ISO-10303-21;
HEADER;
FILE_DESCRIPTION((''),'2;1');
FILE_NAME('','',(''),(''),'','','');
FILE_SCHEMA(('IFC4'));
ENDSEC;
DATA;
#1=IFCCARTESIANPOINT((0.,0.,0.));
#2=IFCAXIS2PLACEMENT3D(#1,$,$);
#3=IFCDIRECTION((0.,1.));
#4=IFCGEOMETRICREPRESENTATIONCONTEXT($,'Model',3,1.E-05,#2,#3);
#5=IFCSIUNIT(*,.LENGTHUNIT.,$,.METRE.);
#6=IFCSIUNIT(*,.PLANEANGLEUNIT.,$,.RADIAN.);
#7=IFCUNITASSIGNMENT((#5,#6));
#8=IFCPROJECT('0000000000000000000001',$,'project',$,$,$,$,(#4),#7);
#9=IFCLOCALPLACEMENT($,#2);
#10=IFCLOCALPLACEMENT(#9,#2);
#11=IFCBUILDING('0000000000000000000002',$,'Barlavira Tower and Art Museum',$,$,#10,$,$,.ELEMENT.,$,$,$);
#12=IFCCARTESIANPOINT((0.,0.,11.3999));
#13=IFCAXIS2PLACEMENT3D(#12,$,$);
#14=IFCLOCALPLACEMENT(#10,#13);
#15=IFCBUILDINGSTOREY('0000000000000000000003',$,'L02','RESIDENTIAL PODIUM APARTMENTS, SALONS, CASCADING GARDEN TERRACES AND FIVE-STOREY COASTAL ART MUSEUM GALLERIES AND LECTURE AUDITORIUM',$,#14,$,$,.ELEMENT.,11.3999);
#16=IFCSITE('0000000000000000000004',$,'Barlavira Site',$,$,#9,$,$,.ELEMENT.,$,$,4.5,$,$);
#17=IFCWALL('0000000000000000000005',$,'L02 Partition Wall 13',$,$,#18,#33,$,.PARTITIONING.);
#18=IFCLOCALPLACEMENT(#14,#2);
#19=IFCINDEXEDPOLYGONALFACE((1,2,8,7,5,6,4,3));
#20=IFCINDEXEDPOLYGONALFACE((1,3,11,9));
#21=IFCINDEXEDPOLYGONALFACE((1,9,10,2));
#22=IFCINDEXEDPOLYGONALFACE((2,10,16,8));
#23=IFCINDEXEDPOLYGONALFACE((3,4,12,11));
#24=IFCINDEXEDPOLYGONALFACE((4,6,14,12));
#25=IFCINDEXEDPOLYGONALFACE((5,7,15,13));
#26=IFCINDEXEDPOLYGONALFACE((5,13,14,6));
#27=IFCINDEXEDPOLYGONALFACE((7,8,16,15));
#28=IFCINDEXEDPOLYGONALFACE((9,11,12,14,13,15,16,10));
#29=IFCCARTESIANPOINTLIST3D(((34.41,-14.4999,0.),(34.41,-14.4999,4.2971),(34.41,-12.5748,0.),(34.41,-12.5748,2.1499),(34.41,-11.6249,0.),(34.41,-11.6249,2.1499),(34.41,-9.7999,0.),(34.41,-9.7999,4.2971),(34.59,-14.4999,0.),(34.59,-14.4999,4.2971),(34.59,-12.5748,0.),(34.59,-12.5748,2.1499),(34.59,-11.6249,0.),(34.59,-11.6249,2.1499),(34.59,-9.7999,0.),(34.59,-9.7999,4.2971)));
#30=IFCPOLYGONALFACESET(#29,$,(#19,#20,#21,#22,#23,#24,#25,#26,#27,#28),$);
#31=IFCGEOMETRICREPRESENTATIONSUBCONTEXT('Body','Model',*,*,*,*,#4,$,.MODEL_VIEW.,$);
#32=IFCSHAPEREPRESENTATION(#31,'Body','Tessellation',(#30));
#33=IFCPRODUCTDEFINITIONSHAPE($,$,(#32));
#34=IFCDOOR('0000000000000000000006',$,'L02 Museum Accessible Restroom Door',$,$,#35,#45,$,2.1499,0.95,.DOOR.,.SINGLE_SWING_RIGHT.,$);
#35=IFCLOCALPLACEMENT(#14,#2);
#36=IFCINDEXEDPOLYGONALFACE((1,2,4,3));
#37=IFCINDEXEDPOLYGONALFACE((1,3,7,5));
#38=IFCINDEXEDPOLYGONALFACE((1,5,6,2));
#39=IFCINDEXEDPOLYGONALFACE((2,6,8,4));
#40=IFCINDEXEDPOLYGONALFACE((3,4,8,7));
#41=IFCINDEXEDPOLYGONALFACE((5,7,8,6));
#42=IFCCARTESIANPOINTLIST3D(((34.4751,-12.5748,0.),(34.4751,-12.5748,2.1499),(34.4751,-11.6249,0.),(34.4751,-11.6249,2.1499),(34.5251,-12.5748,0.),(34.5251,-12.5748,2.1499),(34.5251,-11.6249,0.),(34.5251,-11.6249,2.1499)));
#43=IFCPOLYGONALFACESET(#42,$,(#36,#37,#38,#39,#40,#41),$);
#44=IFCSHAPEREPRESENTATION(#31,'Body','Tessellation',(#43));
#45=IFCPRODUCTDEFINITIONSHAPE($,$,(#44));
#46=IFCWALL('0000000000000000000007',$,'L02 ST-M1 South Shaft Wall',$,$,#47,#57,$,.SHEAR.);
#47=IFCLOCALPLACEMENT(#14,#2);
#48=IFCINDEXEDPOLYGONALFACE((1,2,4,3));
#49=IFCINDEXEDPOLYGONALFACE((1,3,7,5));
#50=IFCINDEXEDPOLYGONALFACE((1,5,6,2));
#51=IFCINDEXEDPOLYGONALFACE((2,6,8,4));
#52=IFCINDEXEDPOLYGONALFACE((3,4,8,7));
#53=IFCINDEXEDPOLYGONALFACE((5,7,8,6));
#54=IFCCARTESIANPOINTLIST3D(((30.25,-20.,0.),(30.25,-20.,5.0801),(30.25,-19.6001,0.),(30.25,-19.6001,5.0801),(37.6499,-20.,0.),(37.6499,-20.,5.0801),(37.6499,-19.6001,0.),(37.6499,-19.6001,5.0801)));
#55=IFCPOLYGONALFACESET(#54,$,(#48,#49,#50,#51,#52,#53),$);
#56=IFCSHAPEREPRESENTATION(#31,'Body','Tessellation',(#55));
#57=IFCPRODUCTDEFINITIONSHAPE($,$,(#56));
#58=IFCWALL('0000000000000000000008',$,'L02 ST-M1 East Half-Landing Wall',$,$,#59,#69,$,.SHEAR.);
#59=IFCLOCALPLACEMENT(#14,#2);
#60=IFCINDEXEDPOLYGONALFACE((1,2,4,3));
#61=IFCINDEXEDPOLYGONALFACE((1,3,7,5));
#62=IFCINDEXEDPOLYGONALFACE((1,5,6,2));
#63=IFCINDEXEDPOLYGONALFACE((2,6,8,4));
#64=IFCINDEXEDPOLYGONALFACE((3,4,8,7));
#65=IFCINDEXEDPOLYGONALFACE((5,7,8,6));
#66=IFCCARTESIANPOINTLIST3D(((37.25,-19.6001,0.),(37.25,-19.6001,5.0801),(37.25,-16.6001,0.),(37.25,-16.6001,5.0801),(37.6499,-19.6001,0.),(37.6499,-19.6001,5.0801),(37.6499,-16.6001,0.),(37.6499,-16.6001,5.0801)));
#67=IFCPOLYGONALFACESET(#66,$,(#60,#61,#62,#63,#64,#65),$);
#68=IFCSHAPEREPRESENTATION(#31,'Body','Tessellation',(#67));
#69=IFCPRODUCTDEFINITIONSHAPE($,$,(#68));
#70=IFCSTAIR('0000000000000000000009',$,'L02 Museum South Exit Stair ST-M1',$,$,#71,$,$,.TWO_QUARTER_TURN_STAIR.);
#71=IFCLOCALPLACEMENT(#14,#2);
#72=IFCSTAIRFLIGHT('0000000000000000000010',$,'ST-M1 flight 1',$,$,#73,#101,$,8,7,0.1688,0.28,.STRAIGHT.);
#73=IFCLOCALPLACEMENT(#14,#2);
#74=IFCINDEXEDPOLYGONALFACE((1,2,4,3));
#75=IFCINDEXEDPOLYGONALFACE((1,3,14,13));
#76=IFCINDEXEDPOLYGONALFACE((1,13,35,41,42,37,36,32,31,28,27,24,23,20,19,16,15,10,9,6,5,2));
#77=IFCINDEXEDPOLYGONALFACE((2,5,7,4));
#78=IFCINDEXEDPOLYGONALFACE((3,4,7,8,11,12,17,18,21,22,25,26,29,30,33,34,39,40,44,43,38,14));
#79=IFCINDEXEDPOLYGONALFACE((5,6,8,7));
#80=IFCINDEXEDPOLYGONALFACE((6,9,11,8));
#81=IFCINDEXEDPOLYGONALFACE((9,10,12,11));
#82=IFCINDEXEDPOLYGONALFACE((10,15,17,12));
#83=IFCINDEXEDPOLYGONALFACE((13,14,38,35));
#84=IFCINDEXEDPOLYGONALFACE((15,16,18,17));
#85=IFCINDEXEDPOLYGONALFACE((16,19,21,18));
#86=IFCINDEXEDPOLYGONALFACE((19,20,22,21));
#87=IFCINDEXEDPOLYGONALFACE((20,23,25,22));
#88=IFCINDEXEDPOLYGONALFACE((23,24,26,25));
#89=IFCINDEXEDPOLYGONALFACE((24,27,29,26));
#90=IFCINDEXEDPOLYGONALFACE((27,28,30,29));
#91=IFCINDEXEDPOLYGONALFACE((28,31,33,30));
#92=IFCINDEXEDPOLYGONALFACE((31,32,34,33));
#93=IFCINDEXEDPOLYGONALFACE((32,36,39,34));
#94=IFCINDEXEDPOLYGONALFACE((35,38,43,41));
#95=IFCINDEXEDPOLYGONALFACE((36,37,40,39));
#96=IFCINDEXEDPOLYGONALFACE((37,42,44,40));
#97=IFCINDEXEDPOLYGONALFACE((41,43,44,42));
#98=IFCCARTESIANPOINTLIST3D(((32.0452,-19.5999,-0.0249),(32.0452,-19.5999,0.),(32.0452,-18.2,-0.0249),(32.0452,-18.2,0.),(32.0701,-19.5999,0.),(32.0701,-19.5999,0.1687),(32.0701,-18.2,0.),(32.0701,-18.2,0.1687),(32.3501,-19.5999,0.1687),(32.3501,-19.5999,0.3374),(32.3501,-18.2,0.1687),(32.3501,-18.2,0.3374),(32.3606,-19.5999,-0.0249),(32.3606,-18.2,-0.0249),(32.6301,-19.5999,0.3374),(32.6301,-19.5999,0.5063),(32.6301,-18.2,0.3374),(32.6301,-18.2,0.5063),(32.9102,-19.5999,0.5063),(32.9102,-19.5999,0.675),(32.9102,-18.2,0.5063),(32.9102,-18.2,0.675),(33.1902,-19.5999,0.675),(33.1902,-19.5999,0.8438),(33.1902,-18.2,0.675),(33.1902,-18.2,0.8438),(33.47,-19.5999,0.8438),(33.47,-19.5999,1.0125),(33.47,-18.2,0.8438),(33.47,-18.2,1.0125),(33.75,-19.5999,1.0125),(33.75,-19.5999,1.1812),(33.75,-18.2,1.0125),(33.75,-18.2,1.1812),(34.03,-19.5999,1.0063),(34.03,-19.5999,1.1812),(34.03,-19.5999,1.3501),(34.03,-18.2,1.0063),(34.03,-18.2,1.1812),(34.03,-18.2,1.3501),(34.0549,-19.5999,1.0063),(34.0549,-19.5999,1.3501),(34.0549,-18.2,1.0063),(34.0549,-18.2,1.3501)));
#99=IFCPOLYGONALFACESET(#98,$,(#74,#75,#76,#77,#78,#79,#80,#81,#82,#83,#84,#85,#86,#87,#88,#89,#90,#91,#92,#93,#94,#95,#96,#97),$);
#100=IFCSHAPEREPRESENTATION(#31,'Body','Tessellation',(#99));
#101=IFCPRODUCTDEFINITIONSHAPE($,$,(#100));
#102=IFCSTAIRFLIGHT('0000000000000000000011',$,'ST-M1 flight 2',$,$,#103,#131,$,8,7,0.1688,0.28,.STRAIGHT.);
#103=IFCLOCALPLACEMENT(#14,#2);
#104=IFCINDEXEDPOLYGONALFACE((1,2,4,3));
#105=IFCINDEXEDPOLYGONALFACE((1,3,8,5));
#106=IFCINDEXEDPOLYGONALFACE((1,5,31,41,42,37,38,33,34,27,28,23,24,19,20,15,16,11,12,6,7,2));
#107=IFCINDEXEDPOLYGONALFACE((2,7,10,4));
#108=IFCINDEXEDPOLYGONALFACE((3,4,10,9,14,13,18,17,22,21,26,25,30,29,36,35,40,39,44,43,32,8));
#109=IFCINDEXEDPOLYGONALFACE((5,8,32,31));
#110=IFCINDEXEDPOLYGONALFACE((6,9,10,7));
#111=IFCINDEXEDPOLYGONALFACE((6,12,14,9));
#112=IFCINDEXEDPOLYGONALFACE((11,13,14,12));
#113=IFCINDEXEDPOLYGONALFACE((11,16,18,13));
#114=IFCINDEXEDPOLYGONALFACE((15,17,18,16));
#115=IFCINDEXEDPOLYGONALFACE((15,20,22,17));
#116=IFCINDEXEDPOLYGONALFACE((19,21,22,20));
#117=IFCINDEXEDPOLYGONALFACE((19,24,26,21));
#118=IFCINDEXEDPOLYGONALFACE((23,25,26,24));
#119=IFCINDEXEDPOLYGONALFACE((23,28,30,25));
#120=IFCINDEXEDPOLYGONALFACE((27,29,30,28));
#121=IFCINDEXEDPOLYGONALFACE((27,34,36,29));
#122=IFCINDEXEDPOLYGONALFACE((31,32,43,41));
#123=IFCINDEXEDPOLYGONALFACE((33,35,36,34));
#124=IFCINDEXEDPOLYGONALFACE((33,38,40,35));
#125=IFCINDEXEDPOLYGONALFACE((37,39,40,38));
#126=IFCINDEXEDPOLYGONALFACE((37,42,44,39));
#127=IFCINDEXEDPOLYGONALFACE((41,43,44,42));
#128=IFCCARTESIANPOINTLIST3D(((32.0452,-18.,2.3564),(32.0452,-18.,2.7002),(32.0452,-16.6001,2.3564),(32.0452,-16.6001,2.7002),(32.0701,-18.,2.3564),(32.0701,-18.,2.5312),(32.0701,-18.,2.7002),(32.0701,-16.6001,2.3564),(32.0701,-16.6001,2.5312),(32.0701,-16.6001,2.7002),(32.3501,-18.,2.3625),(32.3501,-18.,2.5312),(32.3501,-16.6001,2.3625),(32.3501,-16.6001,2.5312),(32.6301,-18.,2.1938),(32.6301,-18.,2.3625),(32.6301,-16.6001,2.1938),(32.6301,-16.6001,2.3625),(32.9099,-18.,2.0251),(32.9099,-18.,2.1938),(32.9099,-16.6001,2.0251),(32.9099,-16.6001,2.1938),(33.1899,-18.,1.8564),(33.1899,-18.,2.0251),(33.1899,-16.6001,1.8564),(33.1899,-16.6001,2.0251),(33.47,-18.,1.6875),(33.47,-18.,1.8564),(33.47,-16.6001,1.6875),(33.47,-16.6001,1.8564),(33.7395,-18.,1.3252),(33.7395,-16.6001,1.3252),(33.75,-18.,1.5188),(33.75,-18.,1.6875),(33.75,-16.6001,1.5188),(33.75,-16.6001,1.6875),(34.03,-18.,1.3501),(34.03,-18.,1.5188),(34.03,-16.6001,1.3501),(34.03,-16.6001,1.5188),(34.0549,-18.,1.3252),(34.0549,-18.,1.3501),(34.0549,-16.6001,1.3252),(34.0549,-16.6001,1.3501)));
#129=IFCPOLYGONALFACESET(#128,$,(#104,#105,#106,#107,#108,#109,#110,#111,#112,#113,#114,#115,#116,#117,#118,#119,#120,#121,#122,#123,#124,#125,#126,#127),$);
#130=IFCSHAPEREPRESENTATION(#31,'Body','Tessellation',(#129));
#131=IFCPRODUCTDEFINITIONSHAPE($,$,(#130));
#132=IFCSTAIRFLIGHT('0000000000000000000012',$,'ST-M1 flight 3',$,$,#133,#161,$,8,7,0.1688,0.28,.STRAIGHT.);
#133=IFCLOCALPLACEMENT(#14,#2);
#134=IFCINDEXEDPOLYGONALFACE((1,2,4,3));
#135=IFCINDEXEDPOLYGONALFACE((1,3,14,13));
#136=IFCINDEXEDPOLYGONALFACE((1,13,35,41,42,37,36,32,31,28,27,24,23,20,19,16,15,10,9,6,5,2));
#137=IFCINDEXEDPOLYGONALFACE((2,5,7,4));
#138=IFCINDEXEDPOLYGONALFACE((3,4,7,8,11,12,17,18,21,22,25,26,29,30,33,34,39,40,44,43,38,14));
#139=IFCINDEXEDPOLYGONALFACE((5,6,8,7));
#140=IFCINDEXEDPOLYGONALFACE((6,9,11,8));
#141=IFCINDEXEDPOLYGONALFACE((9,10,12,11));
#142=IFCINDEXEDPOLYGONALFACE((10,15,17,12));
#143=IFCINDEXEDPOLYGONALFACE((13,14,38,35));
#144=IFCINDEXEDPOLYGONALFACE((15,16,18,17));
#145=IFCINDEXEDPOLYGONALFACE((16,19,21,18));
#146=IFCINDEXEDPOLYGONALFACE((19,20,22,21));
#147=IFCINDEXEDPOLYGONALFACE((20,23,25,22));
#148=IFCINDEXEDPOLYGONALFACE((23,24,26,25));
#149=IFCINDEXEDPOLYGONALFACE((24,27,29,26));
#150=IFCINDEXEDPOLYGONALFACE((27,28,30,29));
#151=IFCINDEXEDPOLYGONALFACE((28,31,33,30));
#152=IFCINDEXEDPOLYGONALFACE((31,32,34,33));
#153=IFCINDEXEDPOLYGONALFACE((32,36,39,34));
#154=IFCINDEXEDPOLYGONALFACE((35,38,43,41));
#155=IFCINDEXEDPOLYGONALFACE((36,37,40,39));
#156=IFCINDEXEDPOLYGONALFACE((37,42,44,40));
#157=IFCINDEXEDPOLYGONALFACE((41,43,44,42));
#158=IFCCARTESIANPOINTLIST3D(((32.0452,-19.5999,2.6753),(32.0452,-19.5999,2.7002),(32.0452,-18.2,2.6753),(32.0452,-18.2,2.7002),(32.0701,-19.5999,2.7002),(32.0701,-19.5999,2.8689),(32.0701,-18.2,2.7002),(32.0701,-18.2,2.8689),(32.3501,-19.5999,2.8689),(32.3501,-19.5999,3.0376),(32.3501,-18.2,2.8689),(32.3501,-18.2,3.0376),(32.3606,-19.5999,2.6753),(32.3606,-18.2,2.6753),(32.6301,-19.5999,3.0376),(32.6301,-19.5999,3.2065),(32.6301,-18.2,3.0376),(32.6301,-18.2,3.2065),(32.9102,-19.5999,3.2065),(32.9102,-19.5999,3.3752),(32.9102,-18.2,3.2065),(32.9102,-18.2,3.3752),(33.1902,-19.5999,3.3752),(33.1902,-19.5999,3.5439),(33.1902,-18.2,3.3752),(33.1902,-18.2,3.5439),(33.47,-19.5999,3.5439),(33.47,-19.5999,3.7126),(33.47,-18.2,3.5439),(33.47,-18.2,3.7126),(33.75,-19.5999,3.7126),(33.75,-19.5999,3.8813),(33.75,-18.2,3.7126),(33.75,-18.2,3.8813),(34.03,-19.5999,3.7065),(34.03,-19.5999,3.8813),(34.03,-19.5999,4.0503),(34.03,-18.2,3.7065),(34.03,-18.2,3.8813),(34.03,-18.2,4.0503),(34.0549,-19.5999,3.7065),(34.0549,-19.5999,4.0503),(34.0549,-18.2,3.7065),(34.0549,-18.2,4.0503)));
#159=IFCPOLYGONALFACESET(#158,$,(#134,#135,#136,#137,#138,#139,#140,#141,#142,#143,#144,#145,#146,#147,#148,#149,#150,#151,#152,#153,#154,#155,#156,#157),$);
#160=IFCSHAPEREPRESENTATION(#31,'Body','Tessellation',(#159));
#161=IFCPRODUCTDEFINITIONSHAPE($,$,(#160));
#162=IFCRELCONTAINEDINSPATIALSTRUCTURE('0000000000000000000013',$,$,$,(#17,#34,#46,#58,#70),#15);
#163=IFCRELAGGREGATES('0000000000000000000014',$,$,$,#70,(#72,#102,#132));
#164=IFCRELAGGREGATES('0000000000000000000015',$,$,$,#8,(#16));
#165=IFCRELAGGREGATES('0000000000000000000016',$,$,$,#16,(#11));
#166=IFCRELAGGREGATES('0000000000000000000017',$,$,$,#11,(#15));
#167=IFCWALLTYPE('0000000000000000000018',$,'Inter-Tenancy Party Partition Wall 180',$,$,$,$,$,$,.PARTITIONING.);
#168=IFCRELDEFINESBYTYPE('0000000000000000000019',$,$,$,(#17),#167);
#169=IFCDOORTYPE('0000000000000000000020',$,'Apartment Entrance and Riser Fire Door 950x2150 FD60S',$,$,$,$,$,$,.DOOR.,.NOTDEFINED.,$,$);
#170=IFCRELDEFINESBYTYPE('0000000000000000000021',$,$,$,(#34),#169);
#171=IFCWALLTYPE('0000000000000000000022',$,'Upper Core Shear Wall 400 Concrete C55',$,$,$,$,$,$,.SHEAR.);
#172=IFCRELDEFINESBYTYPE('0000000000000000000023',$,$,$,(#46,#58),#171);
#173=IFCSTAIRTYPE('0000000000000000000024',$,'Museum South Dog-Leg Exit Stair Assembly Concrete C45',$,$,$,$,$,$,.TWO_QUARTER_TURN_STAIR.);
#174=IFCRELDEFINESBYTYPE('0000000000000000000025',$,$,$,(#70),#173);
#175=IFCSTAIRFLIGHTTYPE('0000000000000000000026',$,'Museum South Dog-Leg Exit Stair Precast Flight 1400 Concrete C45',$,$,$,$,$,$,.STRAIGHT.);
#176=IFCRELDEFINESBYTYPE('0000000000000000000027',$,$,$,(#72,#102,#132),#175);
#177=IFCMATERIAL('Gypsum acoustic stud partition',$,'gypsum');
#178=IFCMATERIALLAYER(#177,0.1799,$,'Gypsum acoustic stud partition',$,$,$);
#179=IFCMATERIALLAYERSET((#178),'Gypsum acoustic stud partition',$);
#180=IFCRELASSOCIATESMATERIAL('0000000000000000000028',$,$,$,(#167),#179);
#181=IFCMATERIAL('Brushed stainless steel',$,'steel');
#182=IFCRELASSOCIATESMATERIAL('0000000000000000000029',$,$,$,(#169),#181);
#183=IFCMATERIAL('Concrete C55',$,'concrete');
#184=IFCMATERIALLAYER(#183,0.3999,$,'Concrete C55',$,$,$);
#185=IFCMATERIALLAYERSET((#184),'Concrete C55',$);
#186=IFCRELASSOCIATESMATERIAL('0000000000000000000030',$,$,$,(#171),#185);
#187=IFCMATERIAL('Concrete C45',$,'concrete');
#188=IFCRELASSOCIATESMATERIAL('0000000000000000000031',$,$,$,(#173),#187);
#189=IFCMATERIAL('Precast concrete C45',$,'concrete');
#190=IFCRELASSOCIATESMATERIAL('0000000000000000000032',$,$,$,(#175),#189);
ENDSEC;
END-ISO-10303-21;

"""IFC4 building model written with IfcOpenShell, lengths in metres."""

from ifc_helpers import new_model, si_unit, direction, frame, frame_2d, origin, place, context, subcontext, project, spatial, polyline, rectangle, outline, extrude, material, layer, layer_set, type_object, element, fill, aggregate, save


model = new_model("IFC4")

# Units and contexts
model_context = context("Model", 3, precision=1e-05, world=origin(), true_north=direction((0.0, 1.0)))
body_context = subcontext(model_context, "Body", "Model", "MODEL_VIEW")
ifc_project = project(units=[si_unit("LENGTHUNIT", "METRE"), si_unit("PLANEANGLEUNIT", "RADIAN")], contexts=[model_context])

# Site, building, storey
site_placement = place(None, origin())
site = spatial("IfcSite", under=ifc_project, at=site_placement, Name="Barlavira Site", CompositionType="ELEMENT", RefElevation=4.5)
building_placement = place(site_placement, origin())
building = spatial("IfcBuilding", under=site, at=building_placement, Name="Barlavira Tower and Art Museum", CompositionType="ELEMENT")
storey_placement = place(building_placement, frame((0.0, 0.0, 11.3999)))
storey = spatial("IfcBuildingStorey", under=building, at=storey_placement, Name="L02", Description="RESIDENTIAL PODIUM APARTMENTS, SALONS, CASCADING GARDEN TERRACES AND FIVE-STOREY COASTAL ART MUSEUM GALLERIES AND LECTURE AUDITORIUM", CompositionType="ELEMENT", Elevation=11.3999)

# Wall, opening, door
ifc_material_1 = material(Name="Brushed stainless steel", Category="steel")
ifc_material_2 = material(Name="Gypsum acoustic stud partition", Category="gypsum")
ifc_layer_1 = layer(ifc_material_2, 0.1799, Name="Gypsum acoustic stud partition")
ifc_layer_set_1 = layer_set([ifc_layer_1], Name="Gypsum acoustic stud partition")
wall_type_1 = type_object("IfcWallType", Name="Inter-Tenancy Party Partition Wall 180", PredefinedType="PARTITIONING", material=ifc_layer_set_1)
wall_1_placement = place(storey_placement, frame((34.5, -14.5, 0.0), z_axis=(0.0, 0.0, 1.0), x_axis=(0.0, 1.0, 0.0)))
wall_1 = element("IfcWall", 1, at=wall_1_placement, inside=storey, type_object=wall_type_1, Name="L02 Partition Wall 13", PredefinedType="PARTITIONING", context=body_context, shape_type="SweptSolid", body=[
    extrude(rectangle(XDim=4.7, YDim=0.1799, at=frame_2d((2.3501, 0.0))), origin(), (0.0, 0.0, 1.0), 4.2971),
])
opening_1_placement = place(wall_1_placement, frame((1.925, 0.0, 0.0)))
opening_1 = element("IfcOpeningElement", 2, at=opening_1_placement, cuts=wall_1, PredefinedType="OPENING", context=body_context, shape_type="SweptSolid", body=[
    extrude(rectangle(XDim=0.95, YDim=2.1499, at=frame_2d((0.4751, 1.075))), frame((0.0, 0.1001, 0.0), z_axis=(0.0, -1.0, 0.0), x_axis=(1.0, 0.0, 0.0)), (0.0, 0.0, 1.0), 0.2),
])
door_type_1 = type_object("IfcDoorType", Name="Apartment Entrance and Riser Fire Door 950x2150 FD60S", OperationType="NOTDEFINED", PredefinedType="DOOR", material=ifc_material_1)
door_1_placement = place(opening_1_placement, origin())
door_1 = element("IfcDoor", 3, at=door_1_placement, inside=storey, type_object=door_type_1, Name="L02 Museum Accessible Restroom Door", OperationType="SINGLE_SWING_RIGHT", OverallHeight=2.1499, OverallWidth=0.95, PredefinedType="DOOR", context=body_context, shape_type="SweptSolid", body=[
    extrude(rectangle(XDim=0.95, YDim=2.1499, at=frame_2d((0.4751, 1.075))), frame((0.0, 0.0249, 0.0), z_axis=(0.0, -1.0, 0.0), x_axis=(1.0, 0.0, 0.0)), (0.0, 0.0, 1.0), 0.05),
])
fill(opening_1, door_1)

# Walls
ifc_material_3 = material(Name="Concrete C55", Category="concrete")
ifc_layer_2 = layer(ifc_material_3, 0.3999, Name="Concrete C55")
ifc_layer_set_2 = layer_set([ifc_layer_2], Name="Concrete C55")
wall_type_2 = type_object("IfcWallType", Name="Upper Core Shear Wall 400 Concrete C55", PredefinedType="SHEAR", material=ifc_layer_set_2)
wall_2_placement = place(storey_placement, frame((37.6499, -19.8, 0.0), z_axis=(0.0, 0.0, 1.0), x_axis=(-1.0, 0.0, 0.0)))
element("IfcWall", 4, at=wall_2_placement, inside=storey, type_object=wall_type_2, Name="L02 ST-M1 South Shaft Wall", PredefinedType="SHEAR", context=body_context, shape_type="SweptSolid", body=[
    extrude(rectangle(XDim=7.3999, YDim=0.3999, at=frame_2d((3.7, 0.0))), origin(), (0.0, 0.0, 1.0), 5.0801),
])
wall_3_placement = place(storey_placement, frame((37.45, -19.6001, 0.0), z_axis=(0.0, 0.0, 1.0), x_axis=(0.0, 1.0, 0.0)))
element("IfcWall", 5, at=wall_3_placement, inside=storey, type_object=wall_type_2, Name="L02 ST-M1 East Half-Landing Wall", PredefinedType="SHEAR", context=body_context, shape_type="SweptSolid", body=[
    extrude(rectangle(XDim=3.0, YDim=0.3999, at=frame_2d((1.5, 0.0))), origin(), (0.0, 0.0, 1.0), 5.0801),
])

# Stair, stair flights
ifc_material_4 = material(Name="Concrete C45", Category="concrete")
stair_type = type_object("IfcStairType", Name="Museum South Dog-Leg Exit Stair Assembly Concrete C45", PredefinedType="TWO_QUARTER_TURN_STAIR", material=ifc_material_4)
stair_placement = place(storey_placement, origin())
stair = element("IfcStair", 6, at=stair_placement, inside=storey, type_object=stair_type, Name="L02 Museum South Exit Stair ST-M1", PredefinedType="TWO_QUARTER_TURN_STAIR")
ifc_material_5 = material(Name="Precast concrete C45", Category="concrete")
stair_flight_type = type_object("IfcStairFlightType", Name="Museum South Dog-Leg Exit Stair Precast Flight 1400 Concrete C45", PredefinedType="STRAIGHT", material=ifc_material_5)
stair_flight_1_placement = place(storey_placement, frame((32.0701, -18.8999, 0.0), z_axis=(0.0, 0.0, 1.0), x_axis=(1.0, 0.0, 0.0)))
stair_flight_1 = element("IfcStairFlight", 7, at=stair_flight_1_placement, type_object=stair_flight_type, Name="ST-M1 flight 1", NumberOfRisers=8, NumberOfTreads=7, PredefinedType="STRAIGHT", RiserHeight=0.1688, TreadLength=0.28, context=body_context, shape_type="SweptSolid", body=[
    extrude(outline(polyline([(-0.0249, 0.0), (0.0, 0.0), (0.0, 0.1687), (0.28, 0.1687), (0.28, 0.3374), (0.5601, 0.3374), (0.5601, 0.5063), (0.8401, 0.5063), (0.8401, 0.675), (1.1201, 0.675), (1.1201, 0.8438), (1.3999, 0.8438), (1.3999, 1.0125), (1.6799, 1.0125), (1.6799, 1.1812), (1.96, 1.1812), (1.96, 1.3501), (1.9849, 1.3501), (1.9849, 1.0063), (1.96, 1.0063), (0.2905, -0.0249), (-0.0249, -0.0249), (-0.0249, 0.0)])), frame((0.0, 0.7, 0.0), z_axis=(0.0, -1.0, 0.0), x_axis=(1.0, 0.0, 0.0)), (0.0, 0.0, 1.0), 1.3999),
])
stair_flight_2_placement = place(storey_placement, frame((34.03, -17.3, 1.3501), z_axis=(0.0, 0.0, 1.0), x_axis=(-1.0, 0.0, 0.0)))
stair_flight_2 = element("IfcStairFlight", 8, at=stair_flight_2_placement, type_object=stair_flight_type, Name="ST-M1 flight 2", NumberOfRisers=8, NumberOfTreads=7, PredefinedType="STRAIGHT", RiserHeight=0.1688, TreadLength=0.28, context=body_context, shape_type="SweptSolid", body=[
    extrude(outline(polyline([(-0.0249, 0.0), (0.0, 0.0), (0.0, 0.1687), (0.28, 0.1687), (0.28, 0.3374), (0.5601, 0.3374), (0.5601, 0.5063), (0.8401, 0.5063), (0.8401, 0.675), (1.1201, 0.675), (1.1201, 0.8438), (1.3999, 0.8438), (1.3999, 1.0125), (1.6799, 1.0125), (1.6799, 1.1812), (1.96, 1.1812), (1.96, 1.3501), (1.9849, 1.3501), (1.9849, 1.0063), (1.96, 1.0063), (0.2905, -0.0249), (-0.0249, -0.0249), (-0.0249, 0.0)])), frame((0.0, 0.7, 0.0), z_axis=(0.0, -1.0, 0.0), x_axis=(1.0, 0.0, 0.0)), (0.0, 0.0, 1.0), 1.3999),
])
stair_flight_3_placement = place(storey_placement, frame((32.0701, -18.8999, 2.7002), z_axis=(0.0, 0.0, 1.0), x_axis=(1.0, 0.0, 0.0)))
stair_flight_3 = element("IfcStairFlight", 9, at=stair_flight_3_placement, type_object=stair_flight_type, Name="ST-M1 flight 3", NumberOfRisers=8, NumberOfTreads=7, PredefinedType="STRAIGHT", RiserHeight=0.1688, TreadLength=0.28, context=body_context, shape_type="SweptSolid", body=[
    extrude(outline(polyline([(-0.0249, 0.0), (0.0, 0.0), (0.0, 0.1687), (0.28, 0.1687), (0.28, 0.3374), (0.5601, 0.3374), (0.5601, 0.5063), (0.8401, 0.5063), (0.8401, 0.675), (1.1201, 0.675), (1.1201, 0.8438), (1.3999, 0.8438), (1.3999, 1.0125), (1.6799, 1.0125), (1.6799, 1.1812), (1.96, 1.1812), (1.96, 1.3501), (1.9849, 1.3501), (1.9849, 1.0063), (1.96, 1.0063), (0.2905, -0.0249), (-0.0249, -0.0249), (-0.0249, 0.0)])), frame((0.0, 0.7, 0.0), z_axis=(0.0, -1.0, 0.0), x_axis=(1.0, 0.0, 0.0)), (0.0, 0.0, 1.0), 1.3999),
])
aggregate(stair, [stair_flight_1, stair_flight_2, stair_flight_3])

save(model, "model.ifc")
